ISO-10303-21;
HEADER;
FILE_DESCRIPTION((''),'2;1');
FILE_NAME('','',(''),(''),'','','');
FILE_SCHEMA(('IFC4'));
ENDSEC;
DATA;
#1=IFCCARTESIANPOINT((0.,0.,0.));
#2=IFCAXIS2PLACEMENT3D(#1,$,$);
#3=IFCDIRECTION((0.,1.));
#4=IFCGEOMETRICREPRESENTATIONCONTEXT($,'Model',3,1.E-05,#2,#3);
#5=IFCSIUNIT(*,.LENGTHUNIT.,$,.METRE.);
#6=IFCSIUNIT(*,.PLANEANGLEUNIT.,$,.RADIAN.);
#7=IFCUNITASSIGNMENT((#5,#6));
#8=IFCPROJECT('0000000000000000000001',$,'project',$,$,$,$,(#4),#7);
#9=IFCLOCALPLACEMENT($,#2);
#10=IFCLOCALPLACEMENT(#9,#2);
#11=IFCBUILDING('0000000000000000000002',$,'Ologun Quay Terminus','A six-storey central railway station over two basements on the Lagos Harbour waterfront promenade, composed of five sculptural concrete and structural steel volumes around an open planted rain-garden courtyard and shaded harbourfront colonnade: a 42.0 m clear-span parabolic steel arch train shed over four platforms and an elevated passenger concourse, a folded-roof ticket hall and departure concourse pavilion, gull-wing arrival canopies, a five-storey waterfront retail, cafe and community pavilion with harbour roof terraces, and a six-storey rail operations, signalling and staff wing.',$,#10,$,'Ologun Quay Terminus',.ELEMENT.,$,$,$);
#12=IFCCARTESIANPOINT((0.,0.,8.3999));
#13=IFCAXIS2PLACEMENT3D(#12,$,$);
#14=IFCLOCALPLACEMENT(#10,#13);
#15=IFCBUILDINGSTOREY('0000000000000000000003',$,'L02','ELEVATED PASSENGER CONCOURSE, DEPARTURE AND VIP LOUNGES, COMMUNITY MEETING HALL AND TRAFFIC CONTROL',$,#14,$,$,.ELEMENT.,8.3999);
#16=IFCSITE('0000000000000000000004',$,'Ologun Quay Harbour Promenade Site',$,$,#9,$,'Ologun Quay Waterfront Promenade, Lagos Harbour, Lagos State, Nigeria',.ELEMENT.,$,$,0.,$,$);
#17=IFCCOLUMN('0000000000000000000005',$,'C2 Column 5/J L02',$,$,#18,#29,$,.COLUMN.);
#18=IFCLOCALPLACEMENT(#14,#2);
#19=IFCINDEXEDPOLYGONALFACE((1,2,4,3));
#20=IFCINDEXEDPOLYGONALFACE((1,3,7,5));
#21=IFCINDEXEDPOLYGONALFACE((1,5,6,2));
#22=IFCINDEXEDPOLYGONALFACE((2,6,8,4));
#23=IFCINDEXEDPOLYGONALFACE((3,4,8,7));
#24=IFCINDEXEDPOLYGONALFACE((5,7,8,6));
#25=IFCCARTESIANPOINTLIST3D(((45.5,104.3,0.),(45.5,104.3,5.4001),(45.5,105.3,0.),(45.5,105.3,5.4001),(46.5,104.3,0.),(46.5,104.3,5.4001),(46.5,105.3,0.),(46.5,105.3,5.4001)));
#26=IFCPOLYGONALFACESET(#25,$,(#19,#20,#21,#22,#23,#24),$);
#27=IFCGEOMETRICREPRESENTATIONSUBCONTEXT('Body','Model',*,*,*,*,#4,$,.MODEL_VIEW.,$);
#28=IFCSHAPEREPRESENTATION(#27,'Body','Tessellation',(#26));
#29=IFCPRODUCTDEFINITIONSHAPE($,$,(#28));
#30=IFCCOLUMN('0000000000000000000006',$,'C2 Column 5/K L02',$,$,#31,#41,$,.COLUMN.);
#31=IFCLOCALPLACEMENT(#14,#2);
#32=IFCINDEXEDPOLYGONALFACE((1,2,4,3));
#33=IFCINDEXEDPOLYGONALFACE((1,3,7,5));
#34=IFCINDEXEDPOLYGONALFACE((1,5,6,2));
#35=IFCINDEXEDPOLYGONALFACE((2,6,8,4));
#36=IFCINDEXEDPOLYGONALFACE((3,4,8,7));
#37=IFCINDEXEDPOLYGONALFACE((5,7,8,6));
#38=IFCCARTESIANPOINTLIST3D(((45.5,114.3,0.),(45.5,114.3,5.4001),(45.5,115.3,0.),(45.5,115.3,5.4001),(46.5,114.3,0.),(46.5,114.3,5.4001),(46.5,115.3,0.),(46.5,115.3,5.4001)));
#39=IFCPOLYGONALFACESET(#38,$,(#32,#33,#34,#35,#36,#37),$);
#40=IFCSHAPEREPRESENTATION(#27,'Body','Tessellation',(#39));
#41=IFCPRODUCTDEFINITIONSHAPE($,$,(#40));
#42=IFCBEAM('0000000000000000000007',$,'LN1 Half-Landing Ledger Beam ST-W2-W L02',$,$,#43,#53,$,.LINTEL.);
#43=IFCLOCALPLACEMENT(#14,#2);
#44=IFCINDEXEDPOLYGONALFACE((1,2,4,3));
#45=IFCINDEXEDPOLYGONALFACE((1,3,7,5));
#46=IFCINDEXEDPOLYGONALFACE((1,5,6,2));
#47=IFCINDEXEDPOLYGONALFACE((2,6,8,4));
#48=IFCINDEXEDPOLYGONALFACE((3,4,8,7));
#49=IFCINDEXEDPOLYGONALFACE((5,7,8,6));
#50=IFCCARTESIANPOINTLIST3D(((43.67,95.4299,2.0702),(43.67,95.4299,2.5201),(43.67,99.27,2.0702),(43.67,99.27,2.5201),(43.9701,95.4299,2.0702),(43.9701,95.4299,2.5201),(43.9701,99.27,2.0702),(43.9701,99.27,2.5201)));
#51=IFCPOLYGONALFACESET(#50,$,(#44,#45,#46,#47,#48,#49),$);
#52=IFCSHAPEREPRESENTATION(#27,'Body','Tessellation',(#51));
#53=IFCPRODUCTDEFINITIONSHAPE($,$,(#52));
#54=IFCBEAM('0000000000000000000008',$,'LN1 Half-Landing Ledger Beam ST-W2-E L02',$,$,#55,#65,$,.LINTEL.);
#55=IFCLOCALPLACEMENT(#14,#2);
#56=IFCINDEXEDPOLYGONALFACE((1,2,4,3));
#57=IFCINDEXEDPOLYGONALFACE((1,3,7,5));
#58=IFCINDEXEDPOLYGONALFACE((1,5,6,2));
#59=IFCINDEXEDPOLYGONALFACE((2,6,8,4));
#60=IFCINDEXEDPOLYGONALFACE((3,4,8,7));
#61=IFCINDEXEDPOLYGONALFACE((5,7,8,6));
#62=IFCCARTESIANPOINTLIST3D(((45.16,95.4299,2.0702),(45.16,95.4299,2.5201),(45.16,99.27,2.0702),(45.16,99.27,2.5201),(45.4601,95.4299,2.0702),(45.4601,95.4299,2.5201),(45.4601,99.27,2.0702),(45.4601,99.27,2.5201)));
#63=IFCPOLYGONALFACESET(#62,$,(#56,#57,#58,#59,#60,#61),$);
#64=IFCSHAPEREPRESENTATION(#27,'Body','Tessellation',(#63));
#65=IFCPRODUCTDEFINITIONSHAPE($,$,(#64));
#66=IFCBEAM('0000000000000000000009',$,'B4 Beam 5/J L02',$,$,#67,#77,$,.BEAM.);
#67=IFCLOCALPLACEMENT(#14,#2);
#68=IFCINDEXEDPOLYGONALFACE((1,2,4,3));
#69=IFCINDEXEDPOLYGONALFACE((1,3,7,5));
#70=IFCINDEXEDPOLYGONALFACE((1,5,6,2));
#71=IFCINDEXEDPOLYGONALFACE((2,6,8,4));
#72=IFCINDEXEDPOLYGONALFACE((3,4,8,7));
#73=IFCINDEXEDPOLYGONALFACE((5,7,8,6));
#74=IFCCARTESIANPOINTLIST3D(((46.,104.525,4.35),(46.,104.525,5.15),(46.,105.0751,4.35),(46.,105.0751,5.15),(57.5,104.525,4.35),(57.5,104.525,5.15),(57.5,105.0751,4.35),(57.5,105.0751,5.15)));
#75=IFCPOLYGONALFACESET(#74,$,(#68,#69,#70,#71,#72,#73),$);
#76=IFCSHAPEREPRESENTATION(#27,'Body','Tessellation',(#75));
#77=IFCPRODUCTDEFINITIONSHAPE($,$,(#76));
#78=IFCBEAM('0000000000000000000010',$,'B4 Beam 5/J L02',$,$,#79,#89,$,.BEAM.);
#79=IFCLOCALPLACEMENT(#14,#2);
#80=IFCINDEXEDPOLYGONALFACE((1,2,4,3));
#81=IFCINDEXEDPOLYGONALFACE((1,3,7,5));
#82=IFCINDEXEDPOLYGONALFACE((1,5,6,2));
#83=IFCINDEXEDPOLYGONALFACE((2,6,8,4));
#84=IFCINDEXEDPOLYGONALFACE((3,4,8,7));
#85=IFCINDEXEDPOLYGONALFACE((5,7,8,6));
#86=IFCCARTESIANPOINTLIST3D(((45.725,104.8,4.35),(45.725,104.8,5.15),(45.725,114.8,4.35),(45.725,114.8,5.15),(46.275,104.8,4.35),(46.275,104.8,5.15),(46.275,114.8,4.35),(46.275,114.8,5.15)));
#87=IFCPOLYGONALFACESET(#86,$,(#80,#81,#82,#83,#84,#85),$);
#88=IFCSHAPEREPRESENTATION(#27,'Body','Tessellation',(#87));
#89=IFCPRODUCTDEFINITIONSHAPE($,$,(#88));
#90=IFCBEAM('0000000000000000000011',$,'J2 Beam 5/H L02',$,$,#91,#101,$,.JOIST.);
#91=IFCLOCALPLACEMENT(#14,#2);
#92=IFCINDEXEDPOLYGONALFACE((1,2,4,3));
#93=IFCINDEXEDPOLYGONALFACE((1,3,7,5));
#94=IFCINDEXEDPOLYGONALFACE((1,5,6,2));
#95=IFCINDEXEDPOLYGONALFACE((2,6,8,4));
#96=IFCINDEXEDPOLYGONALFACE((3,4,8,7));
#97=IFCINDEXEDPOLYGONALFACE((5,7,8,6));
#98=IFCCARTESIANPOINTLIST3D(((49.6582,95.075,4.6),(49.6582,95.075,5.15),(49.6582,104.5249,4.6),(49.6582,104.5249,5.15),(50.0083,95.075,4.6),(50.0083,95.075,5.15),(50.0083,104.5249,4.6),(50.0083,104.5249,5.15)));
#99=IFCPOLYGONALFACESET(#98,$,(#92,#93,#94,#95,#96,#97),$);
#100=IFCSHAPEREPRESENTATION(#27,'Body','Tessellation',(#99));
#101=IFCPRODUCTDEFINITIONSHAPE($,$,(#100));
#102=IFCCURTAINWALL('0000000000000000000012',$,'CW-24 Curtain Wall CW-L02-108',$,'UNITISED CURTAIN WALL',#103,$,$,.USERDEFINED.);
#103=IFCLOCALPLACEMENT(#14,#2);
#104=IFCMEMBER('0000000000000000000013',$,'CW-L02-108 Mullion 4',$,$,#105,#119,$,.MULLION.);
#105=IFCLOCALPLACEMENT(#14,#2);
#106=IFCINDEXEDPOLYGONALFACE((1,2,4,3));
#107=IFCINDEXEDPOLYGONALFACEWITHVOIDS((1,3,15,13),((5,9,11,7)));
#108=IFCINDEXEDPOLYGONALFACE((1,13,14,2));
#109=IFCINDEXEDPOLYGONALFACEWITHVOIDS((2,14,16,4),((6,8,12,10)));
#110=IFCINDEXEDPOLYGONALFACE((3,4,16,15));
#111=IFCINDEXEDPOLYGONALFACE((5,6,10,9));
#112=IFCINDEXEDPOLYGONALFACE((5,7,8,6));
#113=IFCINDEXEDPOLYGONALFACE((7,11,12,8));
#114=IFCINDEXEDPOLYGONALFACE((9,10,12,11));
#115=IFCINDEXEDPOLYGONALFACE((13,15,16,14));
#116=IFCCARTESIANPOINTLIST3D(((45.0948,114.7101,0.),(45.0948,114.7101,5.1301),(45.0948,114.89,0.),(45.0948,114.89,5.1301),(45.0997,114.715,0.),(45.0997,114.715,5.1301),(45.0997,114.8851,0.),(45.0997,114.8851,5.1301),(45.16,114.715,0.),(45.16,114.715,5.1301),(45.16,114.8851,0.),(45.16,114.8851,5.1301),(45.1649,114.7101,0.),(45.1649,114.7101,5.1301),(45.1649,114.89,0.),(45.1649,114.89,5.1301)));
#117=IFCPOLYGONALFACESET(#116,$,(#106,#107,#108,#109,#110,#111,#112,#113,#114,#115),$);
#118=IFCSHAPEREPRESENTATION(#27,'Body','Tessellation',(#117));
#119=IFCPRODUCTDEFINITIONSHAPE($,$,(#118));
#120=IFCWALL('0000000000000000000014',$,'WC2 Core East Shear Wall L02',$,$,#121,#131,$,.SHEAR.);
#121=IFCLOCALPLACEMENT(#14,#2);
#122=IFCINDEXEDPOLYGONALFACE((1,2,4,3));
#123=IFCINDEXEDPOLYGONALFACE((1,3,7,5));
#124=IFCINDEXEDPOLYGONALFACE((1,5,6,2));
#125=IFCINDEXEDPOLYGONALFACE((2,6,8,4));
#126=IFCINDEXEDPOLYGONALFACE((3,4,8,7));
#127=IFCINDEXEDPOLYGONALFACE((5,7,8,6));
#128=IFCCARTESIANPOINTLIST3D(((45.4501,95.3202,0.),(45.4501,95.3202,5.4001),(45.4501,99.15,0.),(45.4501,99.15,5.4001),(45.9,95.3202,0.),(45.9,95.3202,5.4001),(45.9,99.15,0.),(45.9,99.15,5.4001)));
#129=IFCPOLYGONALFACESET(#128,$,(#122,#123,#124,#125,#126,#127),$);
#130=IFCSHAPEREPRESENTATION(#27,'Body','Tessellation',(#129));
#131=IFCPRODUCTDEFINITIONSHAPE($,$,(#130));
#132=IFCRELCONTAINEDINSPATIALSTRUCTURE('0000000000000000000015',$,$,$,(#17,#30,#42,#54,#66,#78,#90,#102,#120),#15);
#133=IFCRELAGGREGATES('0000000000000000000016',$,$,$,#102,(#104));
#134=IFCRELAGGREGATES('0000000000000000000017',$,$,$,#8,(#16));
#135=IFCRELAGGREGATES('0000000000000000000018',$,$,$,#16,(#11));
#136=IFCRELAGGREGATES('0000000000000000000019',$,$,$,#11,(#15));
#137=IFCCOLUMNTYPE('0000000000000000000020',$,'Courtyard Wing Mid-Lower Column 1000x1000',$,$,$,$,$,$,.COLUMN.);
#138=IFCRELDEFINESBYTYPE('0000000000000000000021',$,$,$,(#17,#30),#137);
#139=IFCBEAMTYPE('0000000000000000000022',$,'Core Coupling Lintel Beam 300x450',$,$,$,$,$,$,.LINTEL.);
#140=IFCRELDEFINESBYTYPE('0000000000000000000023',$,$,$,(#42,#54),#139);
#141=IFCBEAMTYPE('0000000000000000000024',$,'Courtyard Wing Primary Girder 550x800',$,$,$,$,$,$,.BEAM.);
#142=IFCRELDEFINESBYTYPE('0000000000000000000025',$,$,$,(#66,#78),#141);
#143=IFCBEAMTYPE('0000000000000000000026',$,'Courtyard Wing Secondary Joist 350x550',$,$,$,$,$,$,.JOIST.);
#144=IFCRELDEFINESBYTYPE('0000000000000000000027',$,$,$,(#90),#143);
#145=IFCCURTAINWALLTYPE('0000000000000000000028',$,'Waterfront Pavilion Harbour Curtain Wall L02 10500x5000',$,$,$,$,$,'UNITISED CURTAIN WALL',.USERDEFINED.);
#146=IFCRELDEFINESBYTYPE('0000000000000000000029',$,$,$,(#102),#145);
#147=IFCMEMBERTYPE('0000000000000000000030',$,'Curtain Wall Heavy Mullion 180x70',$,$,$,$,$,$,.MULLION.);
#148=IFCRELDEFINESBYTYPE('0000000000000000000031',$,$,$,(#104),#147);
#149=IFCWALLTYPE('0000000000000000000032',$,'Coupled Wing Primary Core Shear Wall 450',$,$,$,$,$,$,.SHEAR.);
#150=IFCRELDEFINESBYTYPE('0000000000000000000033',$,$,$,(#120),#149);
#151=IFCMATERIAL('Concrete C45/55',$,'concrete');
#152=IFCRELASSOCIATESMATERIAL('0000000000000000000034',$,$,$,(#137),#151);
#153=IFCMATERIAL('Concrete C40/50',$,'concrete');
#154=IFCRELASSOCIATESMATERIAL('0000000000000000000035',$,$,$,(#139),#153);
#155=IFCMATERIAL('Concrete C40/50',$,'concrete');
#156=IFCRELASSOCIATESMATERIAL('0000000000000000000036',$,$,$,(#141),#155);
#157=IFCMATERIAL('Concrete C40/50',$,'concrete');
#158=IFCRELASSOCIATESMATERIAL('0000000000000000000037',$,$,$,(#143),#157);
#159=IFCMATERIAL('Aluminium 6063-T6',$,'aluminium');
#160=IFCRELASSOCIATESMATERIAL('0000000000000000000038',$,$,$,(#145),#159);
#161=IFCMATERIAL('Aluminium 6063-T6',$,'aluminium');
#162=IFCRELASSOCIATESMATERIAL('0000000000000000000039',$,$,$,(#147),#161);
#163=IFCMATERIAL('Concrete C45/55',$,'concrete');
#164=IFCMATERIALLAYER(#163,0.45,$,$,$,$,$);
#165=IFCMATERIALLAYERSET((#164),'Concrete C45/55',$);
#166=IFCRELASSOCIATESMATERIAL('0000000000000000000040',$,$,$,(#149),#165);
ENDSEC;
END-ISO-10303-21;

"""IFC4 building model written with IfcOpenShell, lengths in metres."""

from ifc_helpers import new_model, si_unit, direction, frame, frame_2d, origin, origin_2d, place, context, subcontext, project, spatial, rectangle, hollow_rectangle, extrude, material, layer, layer_set, material_profile, profile_set, type_object, element, aggregate, save


model = new_model("IFC4")

# Units and contexts
model_context = context("Model", 3, precision=1e-05, world=origin(), true_north=direction((0.0, 1.0)))
body_context = subcontext(model_context, "Body", "Model", "MODEL_VIEW")
ifc_project = project(units=[si_unit("LENGTHUNIT", "METRE"), si_unit("PLANEANGLEUNIT", "RADIAN")], contexts=[model_context])

# Site, building, storey
site_placement = place(None, origin())
site = spatial("IfcSite", under=ifc_project, at=site_placement, Name="Ologun Quay Harbour Promenade Site", LongName="Ologun Quay Waterfront Promenade, Lagos Harbour, Lagos State, Nigeria", CompositionType="ELEMENT", RefElevation=0.0)
building_placement = place(site_placement, origin())
building = spatial("IfcBuilding", under=site, at=building_placement, Name="Ologun Quay Terminus", Description="A six-storey central railway station over two basements on the Lagos Harbour waterfront promenade, composed of five sculptural concrete and structural steel volumes around an open planted rain-garden courtyard and shaded harbourfront colonnade: a 42.0 m clear-span parabolic steel arch train shed over four platforms and an elevated passenger concourse, a folded-roof ticket hall and departure concourse pavilion, gull-wing arrival canopies, a five-storey waterfront retail, cafe and community pavilion with harbour roof terraces, and a six-storey rail operations, signalling and staff wing.", LongName="Ologun Quay Terminus", CompositionType="ELEMENT")
storey_placement = place(building_placement, frame((0.0, 0.0, 8.3999)))
storey = spatial("IfcBuildingStorey", under=building, at=storey_placement, Name="L02", Description="ELEVATED PASSENGER CONCOURSE, DEPARTURE AND VIP LOUNGES, COMMUNITY MEETING HALL AND TRAFFIC CONTROL", CompositionType="ELEMENT", Elevation=8.3999)

# Columns
ifc_material_1 = material(Name="Concrete C45/55", Category="concrete")
ifc_material_profile_1 = material_profile(ifc_material_1, rectangle(XDim=1.0, YDim=1.0, at=origin_2d()), Name="RC 1000x1000")
ifc_profile_set_1 = profile_set([ifc_material_profile_1], Name="Concrete C45/55")
column_type = type_object("IfcColumnType", Name="Courtyard Wing Mid-Lower Column 1000x1000", PredefinedType="COLUMN", material=ifc_profile_set_1)
for number, where, z_axis, x_axis, name in (
    (1, (46.0, 104.8, 0.0), (0.0, 0.0, 1.0), (1.0, 0.0, 0.0), "C2 Column 5/J L02"),
    (2, (46.0, 114.8, 0.0), (0.0, 0.0, 1.0), (1.0, 0.0, 0.0), "C2 Column 5/K L02"),
):
    element("IfcColumn", number, at=place(storey_placement, frame(where, z_axis=z_axis, x_axis=x_axis)), inside=storey, type_object=column_type, Name=name, PredefinedType="COLUMN", context=body_context, shape_type="SweptSolid", body=[
        extrude(rectangle(XDim=1.0, YDim=1.0, at=origin_2d()), origin(), (0.0, 0.0, 1.0), 5.4001),
    ])

# Beams
ifc_material_2 = material(Name="Concrete C40/50", Category="concrete")
ifc_material_profile_2 = material_profile(ifc_material_2, rectangle(XDim=0.3, YDim=0.45, at=origin_2d()), Name="RC 300x450")
ifc_profile_set_2 = profile_set([ifc_material_profile_2], Name="Concrete C40/50")
beam_type_1 = type_object("IfcBeamType", Name="Core Coupling Lintel Beam 300x450", PredefinedType="LINTEL", material=ifc_profile_set_2)
for number, where, z_axis, x_axis, name in (
    (3, (43.8201, 95.4299, 2.2952), (0.0, 1.0, 0.0), (-1.0, 0.0, 0.0), "LN1 Half-Landing Ledger Beam ST-W2-W L02"),
    (4, (45.3101, 95.4299, 2.2952), (0.0, 1.0, 0.0), (-1.0, 0.0, 0.0), "LN1 Half-Landing Ledger Beam ST-W2-E L02"),
):
    element("IfcBeam", number, at=place(storey_placement, frame(where, z_axis=z_axis, x_axis=x_axis)), inside=storey, type_object=beam_type_1, Name=name, PredefinedType="LINTEL", context=body_context, shape_type="SweptSolid", body=[
        extrude(rectangle(XDim=0.3, YDim=0.45, at=origin_2d()), origin(), (0.0, 0.0, 1.0), 3.8401),
    ])
ifc_material_3 = material(Name="Concrete C40/50", Category="concrete")
ifc_material_profile_3 = material_profile(ifc_material_3, rectangle(XDim=0.55, YDim=0.8, at=origin_2d()), Name="RC 550x800")
ifc_profile_set_3 = profile_set([ifc_material_profile_3], Name="Concrete C40/50")
beam_type_2 = type_object("IfcBeamType", Name="Courtyard Wing Primary Girder 550x800", PredefinedType="BEAM", material=ifc_profile_set_3)
beam_1_placement = place(storey_placement, frame((46.0, 104.8, 4.75), z_axis=(1.0, 0.0, 0.0), x_axis=(0.0, 1.0, 0.0)))
element("IfcBeam", 5, at=beam_1_placement, inside=storey, type_object=beam_type_2, Name="B4 Beam 5/J L02", PredefinedType="BEAM", context=body_context, shape_type="SweptSolid", body=[
    extrude(rectangle(XDim=0.55, YDim=0.8, at=origin_2d()), origin(), (0.0, 0.0, 1.0), 11.5),
])
beam_2_placement = place(storey_placement, frame((46.0, 104.8, 4.75), z_axis=(0.0, 1.0, 0.0), x_axis=(-1.0, 0.0, 0.0)))
element("IfcBeam", 6, at=beam_2_placement, inside=storey, type_object=beam_type_2, Name="B4 Beam 5/J L02", PredefinedType="BEAM", context=body_context, shape_type="SweptSolid", body=[
    extrude(rectangle(XDim=0.55, YDim=0.8, at=origin_2d()), origin(), (0.0, 0.0, 1.0), 10.0),
])
ifc_material_4 = material(Name="Concrete C40/50", Category="concrete")
ifc_material_profile_4 = material_profile(ifc_material_4, rectangle(XDim=0.3501, YDim=0.55, at=origin_2d()), Name="RC 350x550")
ifc_profile_set_4 = profile_set([ifc_material_profile_4], Name="Concrete C40/50")
beam_type_3 = type_object("IfcBeamType", Name="Courtyard Wing Secondary Joist 350x550", PredefinedType="JOIST", material=ifc_profile_set_4)
beam_3_placement = place(storey_placement, frame((49.8333, 95.075, 4.875), z_axis=(0.0, 1.0, 0.0), x_axis=(-1.0, 0.0, 0.0)))
element("IfcBeam", 7, at=beam_3_placement, inside=storey, type_object=beam_type_3, Name="J2 Beam 5/H L02", PredefinedType="JOIST", context=body_context, shape_type="SweptSolid", body=[
    extrude(rectangle(XDim=0.3501, YDim=0.55, at=origin_2d()), origin(), (0.0, 0.0, 1.0), 9.45),
])

# Curtain wall, member
ifc_material_5 = material(Name="Aluminium 6063-T6", Category="aluminium")
curtain_wall_type = type_object("IfcCurtainWallType", Name="Waterfront Pavilion Harbour Curtain Wall L02 10500x5000", ElementType="UNITISED CURTAIN WALL", PredefinedType="USERDEFINED", material=ifc_material_5)
curtain_wall_placement = place(storey_placement, origin())
curtain_wall = element("IfcCurtainWall", 8, at=curtain_wall_placement, inside=storey, type_object=curtain_wall_type, Name="CW-24 Curtain Wall CW-L02-108", ObjectType="UNITISED CURTAIN WALL", PredefinedType="USERDEFINED")
ifc_material_6 = material(Name="Aluminium 6063-T6", Category="aluminium")
ifc_material_profile_5 = material_profile(ifc_material_6, hollow_rectangle(XDim=0.0701, YDim=0.1799, WallThickness=0.0049, at=origin_2d()), Name="ALU 180x70x5")
ifc_profile_set_5 = profile_set([ifc_material_profile_5], Name="Aluminium 6063-T6")
member_type = type_object("IfcMemberType", Name="Curtain Wall Heavy Mullion 180x70", PredefinedType="MULLION", material=ifc_profile_set_5)
member_placement = place(storey_placement, frame((45.1299, 114.8, 0.0), z_axis=(0.0, 0.0, 1.0), x_axis=(1.0, 0.0, 0.0)))
member = element("IfcMember", 9, at=member_placement, type_object=member_type, Name="CW-L02-108 Mullion 4", PredefinedType="MULLION", context=body_context, shape_type="SweptSolid", body=[
    extrude(hollow_rectangle(XDim=0.0701, YDim=0.1799, WallThickness=0.0049, at=origin_2d()), origin(), (0.0, 0.0, 1.0), 5.1301),
])
aggregate(curtain_wall, [member])

# Wall
ifc_material_7 = material(Name="Concrete C45/55", Category="concrete")
ifc_layer_1 = layer(ifc_material_7, 0.45)
ifc_layer_set_1 = layer_set([ifc_layer_1], Name="Concrete C45/55")
wall_type_1 = type_object("IfcWallType", Name="Coupled Wing Primary Core Shear Wall 450", PredefinedType="SHEAR", material=ifc_layer_set_1)
wall_1_placement = place(storey_placement, frame((45.675, 95.3201, 0.0), z_axis=(0.0, 0.0, 1.0), x_axis=(0.0, 1.0, 0.0)))
element("IfcWall", 10, at=wall_1_placement, inside=storey, type_object=wall_type_1, Name="WC2 Core East Shear Wall L02", PredefinedType="SHEAR", context=body_context, shape_type="SweptSolid", body=[
    extrude(rectangle(XDim=3.8298, YDim=0.45, at=frame_2d((1.915, 0.0))), origin(), (0.0, 0.0, 1.0), 5.4001),
])

save(model, "model.ifc")
